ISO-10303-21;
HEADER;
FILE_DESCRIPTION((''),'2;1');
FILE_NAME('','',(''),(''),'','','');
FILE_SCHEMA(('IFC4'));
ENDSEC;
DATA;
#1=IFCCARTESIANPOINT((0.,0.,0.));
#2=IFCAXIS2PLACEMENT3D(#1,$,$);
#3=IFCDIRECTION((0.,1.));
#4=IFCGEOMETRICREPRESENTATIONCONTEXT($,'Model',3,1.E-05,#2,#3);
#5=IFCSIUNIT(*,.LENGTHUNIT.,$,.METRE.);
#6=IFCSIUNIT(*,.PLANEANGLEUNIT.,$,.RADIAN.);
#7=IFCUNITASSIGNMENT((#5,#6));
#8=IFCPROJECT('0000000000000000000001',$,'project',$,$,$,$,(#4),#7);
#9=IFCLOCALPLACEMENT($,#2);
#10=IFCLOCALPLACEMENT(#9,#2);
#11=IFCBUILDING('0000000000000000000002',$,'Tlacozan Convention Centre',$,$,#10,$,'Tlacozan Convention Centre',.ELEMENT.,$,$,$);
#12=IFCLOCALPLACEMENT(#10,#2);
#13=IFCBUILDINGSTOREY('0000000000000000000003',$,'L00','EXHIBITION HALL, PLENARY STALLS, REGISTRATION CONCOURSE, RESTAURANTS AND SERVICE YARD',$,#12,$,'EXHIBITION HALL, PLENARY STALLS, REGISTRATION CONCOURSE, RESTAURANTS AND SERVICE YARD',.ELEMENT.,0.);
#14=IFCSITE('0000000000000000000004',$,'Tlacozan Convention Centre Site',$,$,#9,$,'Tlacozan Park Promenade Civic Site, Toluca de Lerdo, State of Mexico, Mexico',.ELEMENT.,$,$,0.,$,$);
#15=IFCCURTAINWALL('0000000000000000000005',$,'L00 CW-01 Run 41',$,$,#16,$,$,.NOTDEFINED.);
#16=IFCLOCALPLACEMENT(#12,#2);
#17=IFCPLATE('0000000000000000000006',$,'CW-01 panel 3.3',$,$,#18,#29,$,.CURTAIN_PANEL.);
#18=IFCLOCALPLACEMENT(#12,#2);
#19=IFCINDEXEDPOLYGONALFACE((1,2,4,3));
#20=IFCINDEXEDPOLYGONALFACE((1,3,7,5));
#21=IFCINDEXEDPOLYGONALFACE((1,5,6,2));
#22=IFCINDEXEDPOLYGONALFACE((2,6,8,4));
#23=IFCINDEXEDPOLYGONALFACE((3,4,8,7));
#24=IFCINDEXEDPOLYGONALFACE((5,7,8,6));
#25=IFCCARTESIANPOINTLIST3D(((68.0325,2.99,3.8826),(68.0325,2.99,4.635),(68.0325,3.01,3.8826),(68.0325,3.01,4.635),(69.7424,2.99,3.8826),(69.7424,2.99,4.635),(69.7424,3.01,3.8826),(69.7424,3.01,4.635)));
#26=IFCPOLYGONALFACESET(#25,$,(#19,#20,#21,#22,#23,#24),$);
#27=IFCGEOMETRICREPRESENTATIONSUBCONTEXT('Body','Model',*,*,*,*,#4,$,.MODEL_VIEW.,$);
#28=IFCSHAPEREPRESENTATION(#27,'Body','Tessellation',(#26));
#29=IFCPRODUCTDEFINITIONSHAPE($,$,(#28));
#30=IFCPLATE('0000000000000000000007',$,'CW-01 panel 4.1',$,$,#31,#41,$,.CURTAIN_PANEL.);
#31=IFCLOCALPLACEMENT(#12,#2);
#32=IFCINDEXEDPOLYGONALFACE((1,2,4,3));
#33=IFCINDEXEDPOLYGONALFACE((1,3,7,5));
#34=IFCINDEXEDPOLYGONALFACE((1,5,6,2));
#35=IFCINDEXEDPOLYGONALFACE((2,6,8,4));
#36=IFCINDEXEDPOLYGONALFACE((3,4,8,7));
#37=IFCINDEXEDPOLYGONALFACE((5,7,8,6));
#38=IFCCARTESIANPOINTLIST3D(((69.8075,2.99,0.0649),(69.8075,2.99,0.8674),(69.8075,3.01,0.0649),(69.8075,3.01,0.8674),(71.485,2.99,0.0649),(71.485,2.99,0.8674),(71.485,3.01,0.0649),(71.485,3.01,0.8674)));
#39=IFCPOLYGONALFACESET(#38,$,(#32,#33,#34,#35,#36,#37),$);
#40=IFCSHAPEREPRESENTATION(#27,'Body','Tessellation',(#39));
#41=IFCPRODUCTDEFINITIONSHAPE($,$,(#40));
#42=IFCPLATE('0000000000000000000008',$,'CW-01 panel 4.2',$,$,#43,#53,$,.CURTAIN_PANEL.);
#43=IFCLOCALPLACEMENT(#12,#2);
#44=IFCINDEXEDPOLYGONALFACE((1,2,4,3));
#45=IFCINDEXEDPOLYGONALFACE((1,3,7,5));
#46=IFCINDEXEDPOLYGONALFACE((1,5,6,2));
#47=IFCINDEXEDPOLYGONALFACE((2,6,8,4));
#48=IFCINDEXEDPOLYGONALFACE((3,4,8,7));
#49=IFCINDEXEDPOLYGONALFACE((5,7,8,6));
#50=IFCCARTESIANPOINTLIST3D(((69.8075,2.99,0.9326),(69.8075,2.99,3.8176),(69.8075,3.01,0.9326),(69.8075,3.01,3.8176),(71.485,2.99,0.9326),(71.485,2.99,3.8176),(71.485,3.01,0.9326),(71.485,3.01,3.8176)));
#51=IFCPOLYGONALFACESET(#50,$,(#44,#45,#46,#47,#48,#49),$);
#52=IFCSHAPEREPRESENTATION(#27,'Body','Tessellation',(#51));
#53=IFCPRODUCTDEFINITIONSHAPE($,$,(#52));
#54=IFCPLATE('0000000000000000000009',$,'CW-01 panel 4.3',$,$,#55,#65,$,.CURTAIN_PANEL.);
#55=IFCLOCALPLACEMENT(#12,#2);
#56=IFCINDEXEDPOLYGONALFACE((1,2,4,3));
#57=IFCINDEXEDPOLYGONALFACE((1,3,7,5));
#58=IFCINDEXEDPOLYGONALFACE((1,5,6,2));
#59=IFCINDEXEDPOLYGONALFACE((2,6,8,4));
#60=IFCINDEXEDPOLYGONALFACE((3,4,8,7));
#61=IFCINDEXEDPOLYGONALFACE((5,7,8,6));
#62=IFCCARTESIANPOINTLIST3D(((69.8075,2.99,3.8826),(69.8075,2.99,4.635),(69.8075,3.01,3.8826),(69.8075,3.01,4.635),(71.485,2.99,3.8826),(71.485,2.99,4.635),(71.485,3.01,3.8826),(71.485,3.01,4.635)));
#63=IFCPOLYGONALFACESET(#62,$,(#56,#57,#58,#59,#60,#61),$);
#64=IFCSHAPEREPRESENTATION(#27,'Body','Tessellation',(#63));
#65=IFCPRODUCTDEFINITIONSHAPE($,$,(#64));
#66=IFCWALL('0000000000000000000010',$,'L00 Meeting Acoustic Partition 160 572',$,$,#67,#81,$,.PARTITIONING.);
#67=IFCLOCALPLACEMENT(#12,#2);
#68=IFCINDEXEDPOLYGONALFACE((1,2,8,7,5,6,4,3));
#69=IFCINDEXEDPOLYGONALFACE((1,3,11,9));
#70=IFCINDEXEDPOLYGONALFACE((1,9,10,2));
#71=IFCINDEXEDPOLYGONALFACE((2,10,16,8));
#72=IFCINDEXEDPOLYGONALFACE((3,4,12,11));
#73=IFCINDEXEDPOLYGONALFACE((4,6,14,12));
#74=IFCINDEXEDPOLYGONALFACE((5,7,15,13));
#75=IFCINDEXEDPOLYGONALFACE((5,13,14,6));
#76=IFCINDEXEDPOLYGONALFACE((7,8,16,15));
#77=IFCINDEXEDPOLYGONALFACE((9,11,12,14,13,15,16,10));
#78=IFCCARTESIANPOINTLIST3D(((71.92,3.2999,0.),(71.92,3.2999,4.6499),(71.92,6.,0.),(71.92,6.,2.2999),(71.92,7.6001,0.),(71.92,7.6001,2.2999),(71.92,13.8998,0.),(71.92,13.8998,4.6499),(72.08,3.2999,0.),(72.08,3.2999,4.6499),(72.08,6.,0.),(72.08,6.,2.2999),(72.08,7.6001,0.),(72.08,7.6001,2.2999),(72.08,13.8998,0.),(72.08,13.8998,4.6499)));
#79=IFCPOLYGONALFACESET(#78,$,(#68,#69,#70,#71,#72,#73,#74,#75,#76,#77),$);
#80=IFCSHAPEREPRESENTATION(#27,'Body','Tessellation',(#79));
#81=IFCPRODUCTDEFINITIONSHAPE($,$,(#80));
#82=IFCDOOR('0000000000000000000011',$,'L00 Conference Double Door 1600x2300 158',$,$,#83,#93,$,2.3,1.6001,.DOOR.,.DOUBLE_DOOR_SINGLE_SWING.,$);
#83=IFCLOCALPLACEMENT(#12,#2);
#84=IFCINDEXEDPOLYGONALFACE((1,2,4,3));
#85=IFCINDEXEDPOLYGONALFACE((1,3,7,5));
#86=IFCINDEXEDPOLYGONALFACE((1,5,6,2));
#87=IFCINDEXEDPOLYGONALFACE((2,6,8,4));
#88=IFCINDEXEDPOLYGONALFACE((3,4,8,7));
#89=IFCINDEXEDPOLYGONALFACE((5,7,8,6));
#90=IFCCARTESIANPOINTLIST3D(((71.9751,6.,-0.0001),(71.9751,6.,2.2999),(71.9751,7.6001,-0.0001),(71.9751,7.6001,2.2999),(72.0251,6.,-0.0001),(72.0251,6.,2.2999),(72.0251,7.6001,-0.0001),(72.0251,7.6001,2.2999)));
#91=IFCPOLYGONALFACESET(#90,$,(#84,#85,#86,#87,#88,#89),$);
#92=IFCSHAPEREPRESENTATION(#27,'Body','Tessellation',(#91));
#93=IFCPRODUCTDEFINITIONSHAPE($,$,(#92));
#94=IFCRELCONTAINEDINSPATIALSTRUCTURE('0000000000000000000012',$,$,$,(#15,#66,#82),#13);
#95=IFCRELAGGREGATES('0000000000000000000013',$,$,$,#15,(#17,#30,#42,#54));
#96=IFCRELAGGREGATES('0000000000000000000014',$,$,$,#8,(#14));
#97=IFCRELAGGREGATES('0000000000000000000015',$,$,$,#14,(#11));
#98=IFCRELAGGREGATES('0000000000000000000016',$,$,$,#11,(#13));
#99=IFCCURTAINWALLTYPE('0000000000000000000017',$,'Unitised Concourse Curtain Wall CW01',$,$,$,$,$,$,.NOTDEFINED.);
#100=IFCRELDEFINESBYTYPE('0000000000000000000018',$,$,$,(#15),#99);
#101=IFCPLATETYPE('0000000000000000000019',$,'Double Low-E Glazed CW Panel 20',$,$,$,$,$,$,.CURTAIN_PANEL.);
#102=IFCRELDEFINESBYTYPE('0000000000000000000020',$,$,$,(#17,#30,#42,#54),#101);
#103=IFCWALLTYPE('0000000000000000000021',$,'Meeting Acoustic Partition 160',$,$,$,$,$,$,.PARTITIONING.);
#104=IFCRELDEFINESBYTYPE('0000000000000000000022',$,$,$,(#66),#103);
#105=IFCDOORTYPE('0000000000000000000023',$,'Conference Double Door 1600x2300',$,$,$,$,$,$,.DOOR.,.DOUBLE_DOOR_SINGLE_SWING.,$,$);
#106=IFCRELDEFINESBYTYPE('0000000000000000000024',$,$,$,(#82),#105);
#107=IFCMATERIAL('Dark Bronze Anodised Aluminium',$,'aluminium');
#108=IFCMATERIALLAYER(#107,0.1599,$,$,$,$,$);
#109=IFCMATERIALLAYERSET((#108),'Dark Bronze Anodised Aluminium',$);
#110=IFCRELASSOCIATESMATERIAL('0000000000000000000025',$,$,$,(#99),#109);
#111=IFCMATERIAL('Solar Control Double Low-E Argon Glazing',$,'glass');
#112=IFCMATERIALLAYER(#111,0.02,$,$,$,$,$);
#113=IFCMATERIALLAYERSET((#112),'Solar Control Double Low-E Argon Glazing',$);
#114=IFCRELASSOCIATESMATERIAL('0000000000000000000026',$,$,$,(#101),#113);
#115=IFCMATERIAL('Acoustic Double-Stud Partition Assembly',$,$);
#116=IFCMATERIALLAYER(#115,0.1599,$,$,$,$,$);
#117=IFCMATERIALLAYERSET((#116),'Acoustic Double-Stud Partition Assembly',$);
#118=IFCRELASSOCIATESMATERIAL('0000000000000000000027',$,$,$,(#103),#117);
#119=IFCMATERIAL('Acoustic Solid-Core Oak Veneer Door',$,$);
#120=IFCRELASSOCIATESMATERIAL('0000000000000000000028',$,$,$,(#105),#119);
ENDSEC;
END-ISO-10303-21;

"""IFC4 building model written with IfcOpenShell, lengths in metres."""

from ifc_helpers import new_model, si_unit, direction, frame, frame_2d, origin, origin_2d, place, context, subcontext, project, spatial, rectangle, extrude, material, layer, layer_set, type_object, element, fill, aggregate, save


model = new_model("IFC4")

# Units and contexts
model_context = context("Model", 3, precision=1e-05, world=origin(), true_north=direction((0.0, 1.0)))
body_context = subcontext(model_context, "Body", "Model", "MODEL_VIEW")
ifc_project = project(units=[si_unit("LENGTHUNIT", "METRE"), si_unit("PLANEANGLEUNIT", "RADIAN")], contexts=[model_context])

# Site, building, storey
site_placement = place(None, origin())
site = spatial("IfcSite", under=ifc_project, at=site_placement, Name="Tlacozan Convention Centre Site", LongName="Tlacozan Park Promenade Civic Site, Toluca de Lerdo, State of Mexico, Mexico", CompositionType="ELEMENT", RefElevation=0.0)
building_placement = place(site_placement, origin())
building = spatial("IfcBuilding", under=site, at=building_placement, Name="Tlacozan Convention Centre", LongName="Tlacozan Convention Centre", CompositionType="ELEMENT")
storey_placement = place(building_placement, origin())
storey = spatial("IfcBuildingStorey", under=building, at=storey_placement, Name="L00", Description="EXHIBITION HALL, PLENARY STALLS, REGISTRATION CONCOURSE, RESTAURANTS AND SERVICE YARD", LongName="EXHIBITION HALL, PLENARY STALLS, REGISTRATION CONCOURSE, RESTAURANTS AND SERVICE YARD", CompositionType="ELEMENT", Elevation=0.0)

# Curtain wall
ifc_material_1 = material(Name="Dark Bronze Anodised Aluminium", Category="aluminium")
ifc_layer_1 = layer(ifc_material_1, 0.1599)
ifc_layer_set_1 = layer_set([ifc_layer_1], Name="Dark Bronze Anodised Aluminium")
curtain_wall_type = type_object("IfcCurtainWallType", Name="Unitised Concourse Curtain Wall CW01", PredefinedType="NOTDEFINED", material=ifc_layer_set_1)
curtain_wall_placement = place(storey_placement, origin())
curtain_wall = element("IfcCurtainWall", 1, at=curtain_wall_placement, inside=storey, type_object=curtain_wall_type, Name="L00 CW-01 Run 41", PredefinedType="NOTDEFINED")

# Plates
ifc_material_2 = material(Name="Solar Control Double Low-E Argon Glazing", Category="glass")
ifc_layer_2 = layer(ifc_material_2, 0.02)
ifc_layer_set_2 = layer_set([ifc_layer_2], Name="Solar Control Double Low-E Argon Glazing")
plate_type = type_object("IfcPlateType", Name="Double Low-E Glazed CW Panel 20", PredefinedType="CURTAIN_PANEL", material=ifc_layer_set_2)
plate_1_placement = place(storey_placement, frame((68.8875, 3.0, 3.8826), z_axis=(0.0, 0.0, 1.0), x_axis=(1.0, 0.0, 0.0)))
plate_1 = element("IfcPlate", 2, at=plate_1_placement, type_object=plate_type, Name="CW-01 panel 3.3", PredefinedType="CURTAIN_PANEL", context=body_context, shape_type="SweptSolid", body=[
    extrude(rectangle(XDim=1.71, YDim=0.02, at=origin_2d()), origin(), (0.0, 0.0, 1.0), 0.7524),
])
plate_2_placement = place(storey_placement, frame((70.6462, 3.0, 0.0649), z_axis=(0.0, 0.0, 1.0), x_axis=(1.0, 0.0, 0.0)))
plate_2 = element("IfcPlate", 3, at=plate_2_placement, type_object=plate_type, Name="CW-01 panel 4.1", PredefinedType="CURTAIN_PANEL", context=body_context, shape_type="SweptSolid", body=[
    extrude(rectangle(XDim=1.6775, YDim=0.02, at=origin_2d()), origin(), (0.0, 0.0, 1.0), 0.8025),
])
plate_3_placement = place(storey_placement, frame((70.6462, 3.0, 0.9326), z_axis=(0.0, 0.0, 1.0), x_axis=(1.0, 0.0, 0.0)))
plate_3 = element("IfcPlate", 4, at=plate_3_placement, type_object=plate_type, Name="CW-01 panel 4.2", PredefinedType="CURTAIN_PANEL", context=body_context, shape_type="SweptSolid", body=[
    extrude(rectangle(XDim=1.6775, YDim=0.02, at=origin_2d()), origin(), (0.0, 0.0, 1.0), 2.885),
])
plate_4_placement = place(storey_placement, frame((70.6462, 3.0, 3.8826), z_axis=(0.0, 0.0, 1.0), x_axis=(1.0, 0.0, 0.0)))
plate_4 = element("IfcPlate", 5, at=plate_4_placement, type_object=plate_type, Name="CW-01 panel 4.3", PredefinedType="CURTAIN_PANEL", context=body_context, shape_type="SweptSolid", body=[
    extrude(rectangle(XDim=1.6775, YDim=0.02, at=origin_2d()), origin(), (0.0, 0.0, 1.0), 0.7524),
])
aggregate(curtain_wall, [plate_1, plate_2, plate_3, plate_4])

# Wall, opening, door
ifc_material_3 = material(Name="Acoustic Double-Stud Partition Assembly")
ifc_layer_3 = layer(ifc_material_3, 0.1599)
ifc_layer_set_3 = layer_set([ifc_layer_3], Name="Acoustic Double-Stud Partition Assembly")
wall_type = type_object("IfcWallType", Name="Meeting Acoustic Partition 160", PredefinedType="PARTITIONING", material=ifc_layer_set_3)
wall_placement = place(storey_placement, frame((72.0, 3.3, 0.0), z_axis=(0.0, 0.0, 1.0), x_axis=(0.0, 1.0, 0.0)))
wall = element("IfcWall", 6, at=wall_placement, inside=storey, type_object=wall_type, Name="L00 Meeting Acoustic Partition 160 572", PredefinedType="PARTITIONING", context=body_context, shape_type="SweptSolid", body=[
    extrude(rectangle(XDim=10.5999, YDim=0.1599, at=frame_2d((5.2998, 0.0))), origin(), (0.0, 0.0, 1.0), 4.6499),
])
opening_placement = place(wall_placement, frame((2.7, 0.0, 0.0)))
opening = element("IfcOpeningElement", 7, at=opening_placement, cuts=wall, PredefinedType="OPENING", context=body_context, shape_type="SweptSolid", body=[
    extrude(rectangle(XDim=1.6001, YDim=2.3, at=frame_2d((0.8, 1.1499))), frame((0.0, 0.0898, 0.0), z_axis=(0.0, -1.0, 0.0), x_axis=(1.0, 0.0, 0.0)), (0.0, 0.0, 1.0), 0.1799),
])
ifc_material_4 = material(Name="Acoustic Solid-Core Oak Veneer Door")
door_type = type_object("IfcDoorType", Name="Conference Double Door 1600x2300", OperationType="DOUBLE_DOOR_SINGLE_SWING", PredefinedType="DOOR", material=ifc_material_4)
door_placement = place(opening_placement, origin())
door = element("IfcDoor", 8, at=door_placement, inside=storey, type_object=door_type, Name="L00 Conference Double Door 1600x2300 158", OperationType="DOUBLE_DOOR_SINGLE_SWING", OverallHeight=2.3, OverallWidth=1.6001, PredefinedType="DOOR", context=body_context, shape_type="SweptSolid", body=[
    extrude(rectangle(XDim=1.6001, YDim=2.3, at=frame_2d((0.8, 1.1499))), frame((0.0, 0.0249, 0.0), z_axis=(0.0, -1.0, 0.0), x_axis=(1.0, 0.0, 0.0)), (0.0, 0.0, 1.0), 0.05),
])
fill(opening, door)

save(model, "model.ifc")
